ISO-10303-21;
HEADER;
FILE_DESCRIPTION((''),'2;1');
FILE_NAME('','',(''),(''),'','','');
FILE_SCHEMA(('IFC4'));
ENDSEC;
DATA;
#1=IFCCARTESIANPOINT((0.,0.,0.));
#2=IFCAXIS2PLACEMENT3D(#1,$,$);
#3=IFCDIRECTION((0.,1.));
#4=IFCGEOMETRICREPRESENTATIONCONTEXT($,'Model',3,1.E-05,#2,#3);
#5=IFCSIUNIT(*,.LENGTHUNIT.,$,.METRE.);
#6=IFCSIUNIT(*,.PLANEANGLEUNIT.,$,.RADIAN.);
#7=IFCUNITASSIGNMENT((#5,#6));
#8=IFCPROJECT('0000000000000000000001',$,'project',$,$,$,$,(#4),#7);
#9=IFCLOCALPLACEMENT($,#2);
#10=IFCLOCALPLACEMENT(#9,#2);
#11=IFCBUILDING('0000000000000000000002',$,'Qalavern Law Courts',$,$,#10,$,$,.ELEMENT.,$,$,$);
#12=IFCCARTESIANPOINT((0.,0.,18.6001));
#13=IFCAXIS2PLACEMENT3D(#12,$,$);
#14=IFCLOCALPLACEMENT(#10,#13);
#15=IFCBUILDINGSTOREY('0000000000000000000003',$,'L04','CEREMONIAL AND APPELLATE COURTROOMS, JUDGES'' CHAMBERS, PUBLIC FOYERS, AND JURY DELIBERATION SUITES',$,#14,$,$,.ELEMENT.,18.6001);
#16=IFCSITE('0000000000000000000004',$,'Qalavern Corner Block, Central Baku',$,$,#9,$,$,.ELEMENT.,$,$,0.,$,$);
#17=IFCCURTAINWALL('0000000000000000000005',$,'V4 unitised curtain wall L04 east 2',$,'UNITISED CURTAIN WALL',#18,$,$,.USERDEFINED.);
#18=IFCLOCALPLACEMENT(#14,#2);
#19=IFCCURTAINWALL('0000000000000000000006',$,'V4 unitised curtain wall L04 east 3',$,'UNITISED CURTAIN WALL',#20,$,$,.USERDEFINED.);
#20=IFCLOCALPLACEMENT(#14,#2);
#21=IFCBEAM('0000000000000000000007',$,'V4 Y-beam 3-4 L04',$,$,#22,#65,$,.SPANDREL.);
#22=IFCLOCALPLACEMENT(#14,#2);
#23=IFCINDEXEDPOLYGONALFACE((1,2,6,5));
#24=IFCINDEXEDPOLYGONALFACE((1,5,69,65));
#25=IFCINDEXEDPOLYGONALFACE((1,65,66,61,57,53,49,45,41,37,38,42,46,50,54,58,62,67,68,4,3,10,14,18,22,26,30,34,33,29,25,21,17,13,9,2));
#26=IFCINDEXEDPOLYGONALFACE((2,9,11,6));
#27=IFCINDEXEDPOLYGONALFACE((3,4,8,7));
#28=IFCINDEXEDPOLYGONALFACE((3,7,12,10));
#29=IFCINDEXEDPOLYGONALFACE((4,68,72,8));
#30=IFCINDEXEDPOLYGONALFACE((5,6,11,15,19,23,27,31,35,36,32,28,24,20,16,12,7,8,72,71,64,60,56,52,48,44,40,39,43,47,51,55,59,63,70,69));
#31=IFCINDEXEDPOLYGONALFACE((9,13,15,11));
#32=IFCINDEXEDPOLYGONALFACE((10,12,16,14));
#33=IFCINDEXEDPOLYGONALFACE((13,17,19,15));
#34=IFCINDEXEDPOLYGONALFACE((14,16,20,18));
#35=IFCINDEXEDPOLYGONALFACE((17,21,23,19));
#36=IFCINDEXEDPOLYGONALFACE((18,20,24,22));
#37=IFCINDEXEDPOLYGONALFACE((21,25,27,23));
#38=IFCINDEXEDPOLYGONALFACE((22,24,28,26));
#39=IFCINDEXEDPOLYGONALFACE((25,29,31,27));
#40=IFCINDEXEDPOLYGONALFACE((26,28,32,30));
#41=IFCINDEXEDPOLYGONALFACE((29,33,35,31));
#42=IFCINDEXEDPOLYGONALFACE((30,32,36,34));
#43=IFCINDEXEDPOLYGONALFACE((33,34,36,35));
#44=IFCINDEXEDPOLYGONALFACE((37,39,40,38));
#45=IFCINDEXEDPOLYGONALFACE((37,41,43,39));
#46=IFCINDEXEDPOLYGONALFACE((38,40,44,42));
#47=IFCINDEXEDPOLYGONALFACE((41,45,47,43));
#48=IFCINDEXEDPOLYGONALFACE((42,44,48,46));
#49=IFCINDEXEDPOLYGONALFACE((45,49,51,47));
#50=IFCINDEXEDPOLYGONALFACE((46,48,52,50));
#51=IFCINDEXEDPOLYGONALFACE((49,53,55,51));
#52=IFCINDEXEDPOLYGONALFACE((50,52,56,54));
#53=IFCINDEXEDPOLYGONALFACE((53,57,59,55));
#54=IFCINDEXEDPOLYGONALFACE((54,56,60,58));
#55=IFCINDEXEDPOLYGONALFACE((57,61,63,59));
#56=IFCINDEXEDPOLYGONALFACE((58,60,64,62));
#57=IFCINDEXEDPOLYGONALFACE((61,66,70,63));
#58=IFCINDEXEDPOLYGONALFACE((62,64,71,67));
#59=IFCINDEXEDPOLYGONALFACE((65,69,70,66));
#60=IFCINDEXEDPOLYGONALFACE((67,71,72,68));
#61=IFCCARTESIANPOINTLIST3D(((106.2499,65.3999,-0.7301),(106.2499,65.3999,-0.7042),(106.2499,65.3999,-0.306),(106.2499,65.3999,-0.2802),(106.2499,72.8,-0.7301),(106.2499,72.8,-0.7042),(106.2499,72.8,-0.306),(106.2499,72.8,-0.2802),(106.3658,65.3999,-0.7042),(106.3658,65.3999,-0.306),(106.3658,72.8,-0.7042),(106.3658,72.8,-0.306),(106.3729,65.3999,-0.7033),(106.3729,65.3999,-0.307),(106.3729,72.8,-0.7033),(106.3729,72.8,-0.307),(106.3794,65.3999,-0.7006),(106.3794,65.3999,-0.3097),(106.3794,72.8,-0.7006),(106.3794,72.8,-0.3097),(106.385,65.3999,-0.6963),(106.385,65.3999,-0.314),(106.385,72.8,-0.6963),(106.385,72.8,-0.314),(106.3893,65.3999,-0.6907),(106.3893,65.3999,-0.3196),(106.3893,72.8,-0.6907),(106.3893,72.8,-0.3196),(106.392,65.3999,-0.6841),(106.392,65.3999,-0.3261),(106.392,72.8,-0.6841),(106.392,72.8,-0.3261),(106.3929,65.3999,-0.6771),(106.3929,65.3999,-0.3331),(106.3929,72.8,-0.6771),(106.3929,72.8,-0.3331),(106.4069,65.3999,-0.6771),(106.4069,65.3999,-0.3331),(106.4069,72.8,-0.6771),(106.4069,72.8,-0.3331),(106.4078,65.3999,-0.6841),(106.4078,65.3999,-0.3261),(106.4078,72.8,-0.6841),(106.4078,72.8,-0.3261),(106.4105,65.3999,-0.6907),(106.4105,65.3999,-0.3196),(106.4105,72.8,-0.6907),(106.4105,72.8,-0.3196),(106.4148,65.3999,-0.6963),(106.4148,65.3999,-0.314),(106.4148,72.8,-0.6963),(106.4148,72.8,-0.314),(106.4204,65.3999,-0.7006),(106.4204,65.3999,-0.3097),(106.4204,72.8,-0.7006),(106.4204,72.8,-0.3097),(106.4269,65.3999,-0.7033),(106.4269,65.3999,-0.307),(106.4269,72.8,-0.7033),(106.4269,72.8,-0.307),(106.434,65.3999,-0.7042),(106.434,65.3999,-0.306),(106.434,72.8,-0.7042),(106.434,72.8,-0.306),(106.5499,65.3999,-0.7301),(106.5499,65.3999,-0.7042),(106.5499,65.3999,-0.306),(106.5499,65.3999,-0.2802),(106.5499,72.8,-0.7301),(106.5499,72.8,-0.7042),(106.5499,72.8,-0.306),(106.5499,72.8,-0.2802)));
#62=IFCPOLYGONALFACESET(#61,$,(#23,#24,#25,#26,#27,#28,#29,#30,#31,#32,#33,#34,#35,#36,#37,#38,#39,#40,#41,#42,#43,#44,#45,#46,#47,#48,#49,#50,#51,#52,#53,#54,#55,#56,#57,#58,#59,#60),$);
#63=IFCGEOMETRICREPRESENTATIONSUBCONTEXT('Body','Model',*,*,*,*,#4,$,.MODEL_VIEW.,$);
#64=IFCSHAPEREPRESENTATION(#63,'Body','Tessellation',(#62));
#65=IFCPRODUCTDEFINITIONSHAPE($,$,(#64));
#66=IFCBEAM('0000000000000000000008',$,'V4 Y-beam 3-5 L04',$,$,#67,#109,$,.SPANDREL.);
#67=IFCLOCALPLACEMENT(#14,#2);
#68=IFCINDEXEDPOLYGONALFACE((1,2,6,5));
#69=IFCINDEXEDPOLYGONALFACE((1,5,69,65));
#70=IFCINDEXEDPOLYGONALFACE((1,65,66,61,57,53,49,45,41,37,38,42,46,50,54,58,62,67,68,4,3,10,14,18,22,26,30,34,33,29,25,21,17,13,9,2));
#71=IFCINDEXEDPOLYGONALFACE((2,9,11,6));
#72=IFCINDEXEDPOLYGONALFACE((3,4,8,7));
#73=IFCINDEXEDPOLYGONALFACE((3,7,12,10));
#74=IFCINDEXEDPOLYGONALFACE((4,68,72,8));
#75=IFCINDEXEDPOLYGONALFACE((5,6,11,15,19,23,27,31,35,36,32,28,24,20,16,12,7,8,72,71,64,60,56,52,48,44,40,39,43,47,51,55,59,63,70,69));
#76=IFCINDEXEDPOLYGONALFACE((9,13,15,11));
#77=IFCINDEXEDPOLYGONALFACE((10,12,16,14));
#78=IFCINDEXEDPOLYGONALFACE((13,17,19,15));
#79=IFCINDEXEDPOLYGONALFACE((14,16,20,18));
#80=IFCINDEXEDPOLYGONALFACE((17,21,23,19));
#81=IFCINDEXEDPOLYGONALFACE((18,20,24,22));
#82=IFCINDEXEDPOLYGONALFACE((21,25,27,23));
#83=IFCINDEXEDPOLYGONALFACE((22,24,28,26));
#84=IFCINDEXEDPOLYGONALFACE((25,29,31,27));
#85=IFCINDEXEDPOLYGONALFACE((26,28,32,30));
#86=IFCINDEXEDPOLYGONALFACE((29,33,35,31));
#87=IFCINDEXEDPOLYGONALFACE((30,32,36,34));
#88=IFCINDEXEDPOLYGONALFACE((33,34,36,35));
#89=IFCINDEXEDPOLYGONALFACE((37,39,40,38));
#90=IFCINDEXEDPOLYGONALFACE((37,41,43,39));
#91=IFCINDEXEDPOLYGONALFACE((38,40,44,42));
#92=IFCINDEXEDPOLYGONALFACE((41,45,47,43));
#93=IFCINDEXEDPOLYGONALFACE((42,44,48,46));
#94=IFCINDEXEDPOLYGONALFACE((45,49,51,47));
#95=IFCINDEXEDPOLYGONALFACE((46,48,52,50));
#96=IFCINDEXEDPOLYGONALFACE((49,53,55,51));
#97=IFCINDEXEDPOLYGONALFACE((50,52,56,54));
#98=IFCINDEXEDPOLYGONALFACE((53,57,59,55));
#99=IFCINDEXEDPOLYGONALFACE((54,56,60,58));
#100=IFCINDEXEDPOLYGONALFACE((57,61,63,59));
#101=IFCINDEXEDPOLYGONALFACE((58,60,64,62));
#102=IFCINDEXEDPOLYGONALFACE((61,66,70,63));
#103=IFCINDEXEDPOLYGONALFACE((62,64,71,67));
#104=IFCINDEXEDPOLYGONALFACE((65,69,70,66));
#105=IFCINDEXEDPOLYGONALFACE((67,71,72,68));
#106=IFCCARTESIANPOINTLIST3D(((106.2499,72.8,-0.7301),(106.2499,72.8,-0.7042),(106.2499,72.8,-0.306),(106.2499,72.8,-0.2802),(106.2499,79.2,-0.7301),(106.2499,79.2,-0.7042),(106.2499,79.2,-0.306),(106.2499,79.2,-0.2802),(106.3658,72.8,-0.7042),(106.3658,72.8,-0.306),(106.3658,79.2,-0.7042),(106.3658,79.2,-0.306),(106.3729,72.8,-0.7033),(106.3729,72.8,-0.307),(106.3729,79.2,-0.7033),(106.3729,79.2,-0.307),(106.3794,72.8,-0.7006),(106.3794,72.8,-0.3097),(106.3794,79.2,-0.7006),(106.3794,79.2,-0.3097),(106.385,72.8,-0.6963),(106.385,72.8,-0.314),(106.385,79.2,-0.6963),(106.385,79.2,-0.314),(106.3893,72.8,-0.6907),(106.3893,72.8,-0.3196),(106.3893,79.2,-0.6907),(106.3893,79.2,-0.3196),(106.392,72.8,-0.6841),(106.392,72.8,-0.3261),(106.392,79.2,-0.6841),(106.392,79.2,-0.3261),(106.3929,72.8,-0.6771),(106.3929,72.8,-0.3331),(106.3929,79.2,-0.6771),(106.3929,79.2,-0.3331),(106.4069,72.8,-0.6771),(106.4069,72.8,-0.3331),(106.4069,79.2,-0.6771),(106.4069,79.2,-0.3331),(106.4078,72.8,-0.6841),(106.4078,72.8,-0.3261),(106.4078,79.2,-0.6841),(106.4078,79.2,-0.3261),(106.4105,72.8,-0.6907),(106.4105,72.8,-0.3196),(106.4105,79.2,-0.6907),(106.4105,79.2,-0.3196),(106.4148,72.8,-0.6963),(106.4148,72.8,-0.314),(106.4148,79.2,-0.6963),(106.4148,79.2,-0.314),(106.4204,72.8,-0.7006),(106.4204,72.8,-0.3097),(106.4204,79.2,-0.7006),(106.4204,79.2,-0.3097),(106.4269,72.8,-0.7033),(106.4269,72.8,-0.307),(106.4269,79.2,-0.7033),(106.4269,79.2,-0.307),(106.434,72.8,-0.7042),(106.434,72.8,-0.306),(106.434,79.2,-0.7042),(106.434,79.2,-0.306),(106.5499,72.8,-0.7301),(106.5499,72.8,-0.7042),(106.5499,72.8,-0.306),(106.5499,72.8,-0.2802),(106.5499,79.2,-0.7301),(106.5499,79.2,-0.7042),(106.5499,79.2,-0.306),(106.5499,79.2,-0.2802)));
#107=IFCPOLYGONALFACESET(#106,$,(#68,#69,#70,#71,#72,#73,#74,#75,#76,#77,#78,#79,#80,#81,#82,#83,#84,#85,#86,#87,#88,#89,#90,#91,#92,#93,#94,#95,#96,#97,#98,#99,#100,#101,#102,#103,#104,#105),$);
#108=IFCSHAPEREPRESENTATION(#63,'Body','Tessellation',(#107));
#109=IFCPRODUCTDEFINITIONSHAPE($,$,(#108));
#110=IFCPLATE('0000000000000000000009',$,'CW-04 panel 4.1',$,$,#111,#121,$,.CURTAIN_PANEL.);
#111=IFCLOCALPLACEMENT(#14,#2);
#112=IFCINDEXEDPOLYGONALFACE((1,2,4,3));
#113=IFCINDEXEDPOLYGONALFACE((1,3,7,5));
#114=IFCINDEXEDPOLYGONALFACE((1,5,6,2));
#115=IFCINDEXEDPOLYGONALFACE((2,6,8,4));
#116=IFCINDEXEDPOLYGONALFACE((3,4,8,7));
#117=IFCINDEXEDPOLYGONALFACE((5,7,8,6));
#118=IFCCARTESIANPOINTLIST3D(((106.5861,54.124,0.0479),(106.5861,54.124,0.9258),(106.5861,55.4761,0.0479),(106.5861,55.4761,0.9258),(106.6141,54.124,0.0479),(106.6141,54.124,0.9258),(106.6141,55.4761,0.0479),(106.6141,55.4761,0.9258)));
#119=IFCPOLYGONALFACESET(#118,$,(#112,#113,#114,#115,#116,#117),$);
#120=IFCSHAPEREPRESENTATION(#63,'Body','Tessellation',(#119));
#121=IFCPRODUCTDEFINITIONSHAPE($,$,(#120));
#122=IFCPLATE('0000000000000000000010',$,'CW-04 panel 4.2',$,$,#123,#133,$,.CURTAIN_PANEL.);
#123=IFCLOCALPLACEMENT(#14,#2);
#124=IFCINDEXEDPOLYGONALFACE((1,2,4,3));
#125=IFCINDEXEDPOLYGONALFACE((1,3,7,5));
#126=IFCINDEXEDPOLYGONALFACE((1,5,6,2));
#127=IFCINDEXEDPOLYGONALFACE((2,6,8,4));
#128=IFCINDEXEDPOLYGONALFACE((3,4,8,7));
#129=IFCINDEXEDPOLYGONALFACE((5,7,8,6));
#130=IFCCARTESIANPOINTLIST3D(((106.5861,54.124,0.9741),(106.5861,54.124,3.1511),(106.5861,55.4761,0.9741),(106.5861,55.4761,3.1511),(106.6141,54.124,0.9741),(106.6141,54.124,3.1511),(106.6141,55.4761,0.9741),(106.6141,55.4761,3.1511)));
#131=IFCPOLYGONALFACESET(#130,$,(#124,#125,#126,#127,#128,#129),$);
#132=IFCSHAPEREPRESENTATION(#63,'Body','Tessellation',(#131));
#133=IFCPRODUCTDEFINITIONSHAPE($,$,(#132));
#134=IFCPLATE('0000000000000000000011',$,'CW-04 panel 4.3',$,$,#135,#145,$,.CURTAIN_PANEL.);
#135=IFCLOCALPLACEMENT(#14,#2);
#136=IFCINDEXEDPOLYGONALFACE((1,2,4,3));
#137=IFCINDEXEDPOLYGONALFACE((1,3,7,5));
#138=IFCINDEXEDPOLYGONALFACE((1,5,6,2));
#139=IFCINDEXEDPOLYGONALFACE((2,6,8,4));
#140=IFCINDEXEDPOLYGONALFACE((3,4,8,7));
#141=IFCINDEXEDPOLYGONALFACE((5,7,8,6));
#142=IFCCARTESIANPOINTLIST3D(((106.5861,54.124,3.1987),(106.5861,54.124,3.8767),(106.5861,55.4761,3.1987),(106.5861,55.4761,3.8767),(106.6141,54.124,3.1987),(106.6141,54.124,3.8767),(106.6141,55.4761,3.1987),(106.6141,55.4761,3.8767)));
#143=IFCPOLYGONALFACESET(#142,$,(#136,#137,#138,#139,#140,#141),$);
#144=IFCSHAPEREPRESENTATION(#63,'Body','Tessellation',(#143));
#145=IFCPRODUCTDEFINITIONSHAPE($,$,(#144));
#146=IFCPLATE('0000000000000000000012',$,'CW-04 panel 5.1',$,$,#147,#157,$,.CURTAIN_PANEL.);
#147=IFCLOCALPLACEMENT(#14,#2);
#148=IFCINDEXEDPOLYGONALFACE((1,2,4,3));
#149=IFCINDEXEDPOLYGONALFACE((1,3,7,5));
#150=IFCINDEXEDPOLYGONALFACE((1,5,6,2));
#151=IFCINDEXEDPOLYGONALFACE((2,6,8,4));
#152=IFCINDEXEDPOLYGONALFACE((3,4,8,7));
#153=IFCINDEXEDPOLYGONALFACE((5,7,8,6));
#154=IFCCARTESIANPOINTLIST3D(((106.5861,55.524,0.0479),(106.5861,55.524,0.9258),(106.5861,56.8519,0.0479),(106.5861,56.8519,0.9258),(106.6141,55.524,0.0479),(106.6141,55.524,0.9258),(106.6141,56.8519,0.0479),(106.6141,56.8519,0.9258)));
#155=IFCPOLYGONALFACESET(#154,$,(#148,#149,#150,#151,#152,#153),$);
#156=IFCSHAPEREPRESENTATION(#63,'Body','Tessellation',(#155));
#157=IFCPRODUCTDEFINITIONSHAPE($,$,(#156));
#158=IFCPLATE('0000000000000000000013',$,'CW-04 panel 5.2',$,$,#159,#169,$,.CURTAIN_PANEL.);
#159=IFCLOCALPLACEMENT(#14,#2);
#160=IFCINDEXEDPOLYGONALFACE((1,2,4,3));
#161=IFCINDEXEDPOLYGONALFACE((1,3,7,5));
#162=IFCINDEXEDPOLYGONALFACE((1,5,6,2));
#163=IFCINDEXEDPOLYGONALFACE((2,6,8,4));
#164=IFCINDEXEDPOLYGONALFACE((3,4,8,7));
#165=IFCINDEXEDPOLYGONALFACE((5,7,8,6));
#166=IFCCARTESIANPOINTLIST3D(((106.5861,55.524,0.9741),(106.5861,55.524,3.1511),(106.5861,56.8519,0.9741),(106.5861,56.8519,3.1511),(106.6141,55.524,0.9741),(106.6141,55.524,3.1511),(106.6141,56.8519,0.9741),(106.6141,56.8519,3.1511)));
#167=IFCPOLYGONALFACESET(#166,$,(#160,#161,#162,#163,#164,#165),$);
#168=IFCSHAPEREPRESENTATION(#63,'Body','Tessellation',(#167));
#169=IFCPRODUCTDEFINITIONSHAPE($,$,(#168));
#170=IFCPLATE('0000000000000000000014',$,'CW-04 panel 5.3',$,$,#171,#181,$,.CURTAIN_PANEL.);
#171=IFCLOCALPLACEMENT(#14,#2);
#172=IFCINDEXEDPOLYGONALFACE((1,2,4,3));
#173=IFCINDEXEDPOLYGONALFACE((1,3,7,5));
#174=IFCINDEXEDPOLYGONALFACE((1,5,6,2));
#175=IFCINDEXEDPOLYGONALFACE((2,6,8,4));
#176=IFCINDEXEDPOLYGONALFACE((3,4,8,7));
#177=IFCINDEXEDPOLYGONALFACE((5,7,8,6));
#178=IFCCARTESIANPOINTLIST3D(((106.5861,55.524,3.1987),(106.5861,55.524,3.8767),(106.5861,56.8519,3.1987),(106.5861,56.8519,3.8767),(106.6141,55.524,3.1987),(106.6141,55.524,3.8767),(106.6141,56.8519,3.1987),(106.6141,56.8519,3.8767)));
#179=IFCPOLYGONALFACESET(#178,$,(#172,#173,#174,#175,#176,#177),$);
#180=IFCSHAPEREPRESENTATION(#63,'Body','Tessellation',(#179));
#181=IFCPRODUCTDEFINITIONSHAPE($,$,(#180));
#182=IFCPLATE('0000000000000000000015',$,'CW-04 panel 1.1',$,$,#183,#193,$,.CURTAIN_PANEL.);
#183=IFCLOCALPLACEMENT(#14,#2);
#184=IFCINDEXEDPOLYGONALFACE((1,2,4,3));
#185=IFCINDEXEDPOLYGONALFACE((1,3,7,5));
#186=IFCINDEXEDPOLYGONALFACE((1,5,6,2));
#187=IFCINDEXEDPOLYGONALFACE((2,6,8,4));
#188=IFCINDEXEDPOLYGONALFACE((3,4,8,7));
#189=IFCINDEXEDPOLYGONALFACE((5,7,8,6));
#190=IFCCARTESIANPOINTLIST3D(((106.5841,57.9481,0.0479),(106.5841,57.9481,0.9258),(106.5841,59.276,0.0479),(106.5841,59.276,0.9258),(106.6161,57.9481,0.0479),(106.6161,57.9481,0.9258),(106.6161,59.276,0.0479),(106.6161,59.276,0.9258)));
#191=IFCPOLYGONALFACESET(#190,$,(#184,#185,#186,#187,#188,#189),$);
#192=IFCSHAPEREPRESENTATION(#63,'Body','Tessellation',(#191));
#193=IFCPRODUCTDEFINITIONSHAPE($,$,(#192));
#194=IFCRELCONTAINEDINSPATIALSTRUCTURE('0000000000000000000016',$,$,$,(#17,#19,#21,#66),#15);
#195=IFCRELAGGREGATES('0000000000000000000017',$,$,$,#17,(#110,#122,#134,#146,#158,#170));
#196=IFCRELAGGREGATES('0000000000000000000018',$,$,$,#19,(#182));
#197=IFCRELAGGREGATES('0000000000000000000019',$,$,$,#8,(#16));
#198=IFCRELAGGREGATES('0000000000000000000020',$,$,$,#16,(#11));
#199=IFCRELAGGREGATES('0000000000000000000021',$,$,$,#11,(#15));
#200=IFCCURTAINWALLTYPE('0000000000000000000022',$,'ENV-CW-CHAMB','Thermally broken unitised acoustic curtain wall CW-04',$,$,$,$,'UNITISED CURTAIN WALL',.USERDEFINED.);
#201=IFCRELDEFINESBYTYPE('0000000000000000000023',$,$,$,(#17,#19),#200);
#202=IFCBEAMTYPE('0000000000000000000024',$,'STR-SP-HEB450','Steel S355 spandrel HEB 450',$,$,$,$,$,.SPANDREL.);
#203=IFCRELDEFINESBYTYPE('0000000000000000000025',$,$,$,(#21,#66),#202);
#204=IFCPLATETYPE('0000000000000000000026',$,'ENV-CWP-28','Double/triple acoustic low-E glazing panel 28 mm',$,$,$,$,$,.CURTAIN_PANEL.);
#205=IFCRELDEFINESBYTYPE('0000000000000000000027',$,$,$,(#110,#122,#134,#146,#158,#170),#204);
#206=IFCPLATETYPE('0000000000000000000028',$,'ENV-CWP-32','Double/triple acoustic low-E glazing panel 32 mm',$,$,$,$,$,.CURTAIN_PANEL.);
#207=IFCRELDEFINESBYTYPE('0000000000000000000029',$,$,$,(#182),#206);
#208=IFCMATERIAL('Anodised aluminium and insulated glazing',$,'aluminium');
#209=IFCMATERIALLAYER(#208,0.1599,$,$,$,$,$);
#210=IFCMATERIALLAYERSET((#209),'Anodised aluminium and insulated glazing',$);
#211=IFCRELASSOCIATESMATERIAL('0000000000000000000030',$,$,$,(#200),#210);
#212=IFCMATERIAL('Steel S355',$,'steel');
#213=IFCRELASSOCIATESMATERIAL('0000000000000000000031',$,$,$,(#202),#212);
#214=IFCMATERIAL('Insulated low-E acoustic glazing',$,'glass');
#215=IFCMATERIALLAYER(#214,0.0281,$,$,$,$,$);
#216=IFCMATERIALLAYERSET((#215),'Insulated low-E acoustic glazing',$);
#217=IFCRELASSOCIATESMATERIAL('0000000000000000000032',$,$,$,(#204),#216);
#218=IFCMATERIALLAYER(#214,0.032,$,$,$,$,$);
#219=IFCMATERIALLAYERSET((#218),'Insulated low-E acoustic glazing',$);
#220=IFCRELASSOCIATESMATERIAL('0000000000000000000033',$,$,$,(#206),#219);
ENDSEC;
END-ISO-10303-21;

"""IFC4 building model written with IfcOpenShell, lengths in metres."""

from ifc_helpers import new_model, si_unit, direction, frame, origin, origin_2d, place, context, subcontext, project, spatial, rectangle, i_section, extrude, material, layer, layer_set, material_profile, profile_set, type_object, element, aggregate, save


model = new_model("IFC4")

# Units and contexts
model_context = context("Model", 3, precision=1e-05, world=origin(), true_north=direction((0.0, 1.0)))
body_context = subcontext(model_context, "Body", "Model", "MODEL_VIEW")
ifc_project = project(units=[si_unit("LENGTHUNIT", "METRE"), si_unit("PLANEANGLEUNIT", "RADIAN")], contexts=[model_context])

# Site, building, storey
site_placement = place(None, origin())
site = spatial("IfcSite", under=ifc_project, at=site_placement, Name="Qalavern Corner Block, Central Baku", CompositionType="ELEMENT", RefElevation=0.0)
building_placement = place(site_placement, origin())
building = spatial("IfcBuilding", under=site, at=building_placement, Name="Qalavern Law Courts", CompositionType="ELEMENT")
storey_placement = place(building_placement, frame((0.0, 0.0, 18.6001)))
storey = spatial("IfcBuildingStorey", under=building, at=storey_placement, Name="L04", Description="CEREMONIAL AND APPELLATE COURTROOMS, JUDGES' CHAMBERS, PUBLIC FOYERS, AND JURY DELIBERATION SUITES", CompositionType="ELEMENT", Elevation=18.6001)

# Curtain wall
ifc_material_1 = material(Name="Anodised aluminium and insulated glazing", Category="aluminium")
ifc_layer_1 = layer(ifc_material_1, 0.1599)
ifc_layer_set_1 = layer_set([ifc_layer_1], Name="Anodised aluminium and insulated glazing")
curtain_wall_type = type_object("IfcCurtainWallType", Name="ENV-CW-CHAMB", Description="Thermally broken unitised acoustic curtain wall CW-04", ElementType="UNITISED CURTAIN WALL", PredefinedType="USERDEFINED", material=ifc_layer_set_1)
curtain_wall_1_placement = place(storey_placement, origin())
curtain_wall_1 = element("IfcCurtainWall", 1, at=curtain_wall_1_placement, inside=storey, type_object=curtain_wall_type, Name="V4 unitised curtain wall L04 east 2", ObjectType="UNITISED CURTAIN WALL", PredefinedType="USERDEFINED")

# Curtain wall
curtain_wall_2_placement = place(storey_placement, origin())
curtain_wall_2 = element("IfcCurtainWall", 2, at=curtain_wall_2_placement, inside=storey, type_object=curtain_wall_type, Name="V4 unitised curtain wall L04 east 3", ObjectType="UNITISED CURTAIN WALL", PredefinedType="USERDEFINED")

# Beams
ifc_material_2 = material(Name="Steel S355", Category="steel")
ifc_material_profile_1 = material_profile(ifc_material_2, i_section(OverallWidth=0.3, OverallDepth=0.45, WebThickness=0.0139, FlangeThickness=0.0259, FilletRadius=0.0271, at=origin_2d()), Name="HEB 450")
ifc_profile_set_1 = profile_set([ifc_material_profile_1], Name="Steel S355")
beam_type = type_object("IfcBeamType", Name="STR-SP-HEB450", Description="Steel S355 spandrel HEB 450", PredefinedType="SPANDREL", material=ifc_profile_set_1)
beam_1_placement = place(storey_placement, frame((106.3999, 65.3999, -0.5051), z_axis=(0.0, 1.0, 0.0), x_axis=(-1.0, 0.0, 0.0)))
element("IfcBeam", 3, at=beam_1_placement, inside=storey, type_object=beam_type, Name="V4 Y-beam 3-4 L04", PredefinedType="SPANDREL", context=body_context, shape_type="SweptSolid", body=[
    extrude(i_section(OverallWidth=0.3, OverallDepth=0.45, WebThickness=0.0139, FlangeThickness=0.0259, FilletRadius=0.0271, at=origin_2d()), origin(), (0.0, 0.0, 1.0), 7.4001),
])
beam_2_placement = place(storey_placement, frame((106.3999, 72.8, -0.5051), z_axis=(0.0, 1.0, 0.0), x_axis=(-1.0, 0.0, 0.0)))
element("IfcBeam", 4, at=beam_2_placement, inside=storey, type_object=beam_type, Name="V4 Y-beam 3-5 L04", PredefinedType="SPANDREL", context=body_context, shape_type="SweptSolid", body=[
    extrude(i_section(OverallWidth=0.3, OverallDepth=0.45, WebThickness=0.0139, FlangeThickness=0.0259, FilletRadius=0.0271, at=origin_2d()), origin(), (0.0, 0.0, 1.0), 6.3999),
])

# Plates
ifc_material_3 = material(Name="Insulated low-E acoustic glazing", Category="glass")
ifc_layer_2 = layer(ifc_material_3, 0.0281)
ifc_layer_set_2 = layer_set([ifc_layer_2], Name="Insulated low-E acoustic glazing")
plate_type_1 = type_object("IfcPlateType", Name="ENV-CWP-28", Description="Double/triple acoustic low-E glazing panel 28 mm", PredefinedType="CURTAIN_PANEL", material=ifc_layer_set_2)
plate_1_placement = place(storey_placement, frame((106.6001, 54.8, 0.0479), z_axis=(0.0, 0.0, 1.0), x_axis=(0.0, 1.0, 0.0)))
plate_1 = element("IfcPlate", 5, at=plate_1_placement, type_object=plate_type_1, Name="CW-04 panel 4.1", PredefinedType="CURTAIN_PANEL", context=body_context, shape_type="SweptSolid", body=[
    extrude(rectangle(XDim=1.3521, YDim=0.0281, at=origin_2d()), origin(), (0.0, 0.0, 1.0), 0.8779),
])
plate_2_placement = place(storey_placement, frame((106.6001, 54.8, 0.9741), z_axis=(0.0, 0.0, 1.0), x_axis=(0.0, 1.0, 0.0)))
plate_2 = element("IfcPlate", 6, at=plate_2_placement, type_object=plate_type_1, Name="CW-04 panel 4.2", PredefinedType="CURTAIN_PANEL", context=body_context, shape_type="SweptSolid", body=[
    extrude(rectangle(XDim=1.3521, YDim=0.0281, at=origin_2d()), origin(), (0.0, 0.0, 1.0), 2.177),
])
plate_3_placement = place(storey_placement, frame((106.6001, 54.8, 3.1987), z_axis=(0.0, 0.0, 1.0), x_axis=(0.0, 1.0, 0.0)))
plate_3 = element("IfcPlate", 7, at=plate_3_placement, type_object=plate_type_1, Name="CW-04 panel 4.3", PredefinedType="CURTAIN_PANEL", context=body_context, shape_type="SweptSolid", body=[
    extrude(rectangle(XDim=1.3521, YDim=0.0281, at=origin_2d()), origin(), (0.0, 0.0, 1.0), 0.678),
])
plate_4_placement = place(storey_placement, frame((106.6001, 56.188, 0.0479), z_axis=(0.0, 0.0, 1.0), x_axis=(0.0, 1.0, 0.0)))
plate_4 = element("IfcPlate", 8, at=plate_4_placement, type_object=plate_type_1, Name="CW-04 panel 5.1", PredefinedType="CURTAIN_PANEL", context=body_context, shape_type="SweptSolid", body=[
    extrude(rectangle(XDim=1.3279, YDim=0.0281, at=origin_2d()), origin(), (0.0, 0.0, 1.0), 0.8779),
])
plate_5_placement = place(storey_placement, frame((106.6001, 56.188, 0.9741), z_axis=(0.0, 0.0, 1.0), x_axis=(0.0, 1.0, 0.0)))
plate_5 = element("IfcPlate", 9, at=plate_5_placement, type_object=plate_type_1, Name="CW-04 panel 5.2", PredefinedType="CURTAIN_PANEL", context=body_context, shape_type="SweptSolid", body=[
    extrude(rectangle(XDim=1.3279, YDim=0.0281, at=origin_2d()), origin(), (0.0, 0.0, 1.0), 2.177),
])
plate_6_placement = place(storey_placement, frame((106.6001, 56.188, 3.1987), z_axis=(0.0, 0.0, 1.0), x_axis=(0.0, 1.0, 0.0)))
plate_6 = element("IfcPlate", 10, at=plate_6_placement, type_object=plate_type_1, Name="CW-04 panel 5.3", PredefinedType="CURTAIN_PANEL", context=body_context, shape_type="SweptSolid", body=[
    extrude(rectangle(XDim=1.3279, YDim=0.0281, at=origin_2d()), origin(), (0.0, 0.0, 1.0), 0.678),
])
aggregate(curtain_wall_1, [plate_1, plate_2, plate_3, plate_4, plate_5, plate_6])
ifc_layer_3 = layer(ifc_material_3, 0.032)
ifc_layer_set_3 = layer_set([ifc_layer_3], Name="Insulated low-E acoustic glazing")
plate_type_2 = type_object("IfcPlateType", Name="ENV-CWP-32", Description="Double/triple acoustic low-E glazing panel 32 mm", PredefinedType="CURTAIN_PANEL", material=ifc_layer_set_3)
plate_7_placement = place(storey_placement, frame((106.6001, 58.6121, 0.0479), z_axis=(0.0, 0.0, 1.0), x_axis=(0.0, 1.0, 0.0)))
plate_7 = element("IfcPlate", 11, at=plate_7_placement, type_object=plate_type_2, Name="CW-04 panel 1.1", PredefinedType="CURTAIN_PANEL", context=body_context, shape_type="SweptSolid", body=[
    extrude(rectangle(XDim=1.3279, YDim=0.032, at=origin_2d()), origin(), (0.0, 0.0, 1.0), 0.8779),
])
aggregate(curtain_wall_2, [plate_7])

save(model, "model.ifc")
